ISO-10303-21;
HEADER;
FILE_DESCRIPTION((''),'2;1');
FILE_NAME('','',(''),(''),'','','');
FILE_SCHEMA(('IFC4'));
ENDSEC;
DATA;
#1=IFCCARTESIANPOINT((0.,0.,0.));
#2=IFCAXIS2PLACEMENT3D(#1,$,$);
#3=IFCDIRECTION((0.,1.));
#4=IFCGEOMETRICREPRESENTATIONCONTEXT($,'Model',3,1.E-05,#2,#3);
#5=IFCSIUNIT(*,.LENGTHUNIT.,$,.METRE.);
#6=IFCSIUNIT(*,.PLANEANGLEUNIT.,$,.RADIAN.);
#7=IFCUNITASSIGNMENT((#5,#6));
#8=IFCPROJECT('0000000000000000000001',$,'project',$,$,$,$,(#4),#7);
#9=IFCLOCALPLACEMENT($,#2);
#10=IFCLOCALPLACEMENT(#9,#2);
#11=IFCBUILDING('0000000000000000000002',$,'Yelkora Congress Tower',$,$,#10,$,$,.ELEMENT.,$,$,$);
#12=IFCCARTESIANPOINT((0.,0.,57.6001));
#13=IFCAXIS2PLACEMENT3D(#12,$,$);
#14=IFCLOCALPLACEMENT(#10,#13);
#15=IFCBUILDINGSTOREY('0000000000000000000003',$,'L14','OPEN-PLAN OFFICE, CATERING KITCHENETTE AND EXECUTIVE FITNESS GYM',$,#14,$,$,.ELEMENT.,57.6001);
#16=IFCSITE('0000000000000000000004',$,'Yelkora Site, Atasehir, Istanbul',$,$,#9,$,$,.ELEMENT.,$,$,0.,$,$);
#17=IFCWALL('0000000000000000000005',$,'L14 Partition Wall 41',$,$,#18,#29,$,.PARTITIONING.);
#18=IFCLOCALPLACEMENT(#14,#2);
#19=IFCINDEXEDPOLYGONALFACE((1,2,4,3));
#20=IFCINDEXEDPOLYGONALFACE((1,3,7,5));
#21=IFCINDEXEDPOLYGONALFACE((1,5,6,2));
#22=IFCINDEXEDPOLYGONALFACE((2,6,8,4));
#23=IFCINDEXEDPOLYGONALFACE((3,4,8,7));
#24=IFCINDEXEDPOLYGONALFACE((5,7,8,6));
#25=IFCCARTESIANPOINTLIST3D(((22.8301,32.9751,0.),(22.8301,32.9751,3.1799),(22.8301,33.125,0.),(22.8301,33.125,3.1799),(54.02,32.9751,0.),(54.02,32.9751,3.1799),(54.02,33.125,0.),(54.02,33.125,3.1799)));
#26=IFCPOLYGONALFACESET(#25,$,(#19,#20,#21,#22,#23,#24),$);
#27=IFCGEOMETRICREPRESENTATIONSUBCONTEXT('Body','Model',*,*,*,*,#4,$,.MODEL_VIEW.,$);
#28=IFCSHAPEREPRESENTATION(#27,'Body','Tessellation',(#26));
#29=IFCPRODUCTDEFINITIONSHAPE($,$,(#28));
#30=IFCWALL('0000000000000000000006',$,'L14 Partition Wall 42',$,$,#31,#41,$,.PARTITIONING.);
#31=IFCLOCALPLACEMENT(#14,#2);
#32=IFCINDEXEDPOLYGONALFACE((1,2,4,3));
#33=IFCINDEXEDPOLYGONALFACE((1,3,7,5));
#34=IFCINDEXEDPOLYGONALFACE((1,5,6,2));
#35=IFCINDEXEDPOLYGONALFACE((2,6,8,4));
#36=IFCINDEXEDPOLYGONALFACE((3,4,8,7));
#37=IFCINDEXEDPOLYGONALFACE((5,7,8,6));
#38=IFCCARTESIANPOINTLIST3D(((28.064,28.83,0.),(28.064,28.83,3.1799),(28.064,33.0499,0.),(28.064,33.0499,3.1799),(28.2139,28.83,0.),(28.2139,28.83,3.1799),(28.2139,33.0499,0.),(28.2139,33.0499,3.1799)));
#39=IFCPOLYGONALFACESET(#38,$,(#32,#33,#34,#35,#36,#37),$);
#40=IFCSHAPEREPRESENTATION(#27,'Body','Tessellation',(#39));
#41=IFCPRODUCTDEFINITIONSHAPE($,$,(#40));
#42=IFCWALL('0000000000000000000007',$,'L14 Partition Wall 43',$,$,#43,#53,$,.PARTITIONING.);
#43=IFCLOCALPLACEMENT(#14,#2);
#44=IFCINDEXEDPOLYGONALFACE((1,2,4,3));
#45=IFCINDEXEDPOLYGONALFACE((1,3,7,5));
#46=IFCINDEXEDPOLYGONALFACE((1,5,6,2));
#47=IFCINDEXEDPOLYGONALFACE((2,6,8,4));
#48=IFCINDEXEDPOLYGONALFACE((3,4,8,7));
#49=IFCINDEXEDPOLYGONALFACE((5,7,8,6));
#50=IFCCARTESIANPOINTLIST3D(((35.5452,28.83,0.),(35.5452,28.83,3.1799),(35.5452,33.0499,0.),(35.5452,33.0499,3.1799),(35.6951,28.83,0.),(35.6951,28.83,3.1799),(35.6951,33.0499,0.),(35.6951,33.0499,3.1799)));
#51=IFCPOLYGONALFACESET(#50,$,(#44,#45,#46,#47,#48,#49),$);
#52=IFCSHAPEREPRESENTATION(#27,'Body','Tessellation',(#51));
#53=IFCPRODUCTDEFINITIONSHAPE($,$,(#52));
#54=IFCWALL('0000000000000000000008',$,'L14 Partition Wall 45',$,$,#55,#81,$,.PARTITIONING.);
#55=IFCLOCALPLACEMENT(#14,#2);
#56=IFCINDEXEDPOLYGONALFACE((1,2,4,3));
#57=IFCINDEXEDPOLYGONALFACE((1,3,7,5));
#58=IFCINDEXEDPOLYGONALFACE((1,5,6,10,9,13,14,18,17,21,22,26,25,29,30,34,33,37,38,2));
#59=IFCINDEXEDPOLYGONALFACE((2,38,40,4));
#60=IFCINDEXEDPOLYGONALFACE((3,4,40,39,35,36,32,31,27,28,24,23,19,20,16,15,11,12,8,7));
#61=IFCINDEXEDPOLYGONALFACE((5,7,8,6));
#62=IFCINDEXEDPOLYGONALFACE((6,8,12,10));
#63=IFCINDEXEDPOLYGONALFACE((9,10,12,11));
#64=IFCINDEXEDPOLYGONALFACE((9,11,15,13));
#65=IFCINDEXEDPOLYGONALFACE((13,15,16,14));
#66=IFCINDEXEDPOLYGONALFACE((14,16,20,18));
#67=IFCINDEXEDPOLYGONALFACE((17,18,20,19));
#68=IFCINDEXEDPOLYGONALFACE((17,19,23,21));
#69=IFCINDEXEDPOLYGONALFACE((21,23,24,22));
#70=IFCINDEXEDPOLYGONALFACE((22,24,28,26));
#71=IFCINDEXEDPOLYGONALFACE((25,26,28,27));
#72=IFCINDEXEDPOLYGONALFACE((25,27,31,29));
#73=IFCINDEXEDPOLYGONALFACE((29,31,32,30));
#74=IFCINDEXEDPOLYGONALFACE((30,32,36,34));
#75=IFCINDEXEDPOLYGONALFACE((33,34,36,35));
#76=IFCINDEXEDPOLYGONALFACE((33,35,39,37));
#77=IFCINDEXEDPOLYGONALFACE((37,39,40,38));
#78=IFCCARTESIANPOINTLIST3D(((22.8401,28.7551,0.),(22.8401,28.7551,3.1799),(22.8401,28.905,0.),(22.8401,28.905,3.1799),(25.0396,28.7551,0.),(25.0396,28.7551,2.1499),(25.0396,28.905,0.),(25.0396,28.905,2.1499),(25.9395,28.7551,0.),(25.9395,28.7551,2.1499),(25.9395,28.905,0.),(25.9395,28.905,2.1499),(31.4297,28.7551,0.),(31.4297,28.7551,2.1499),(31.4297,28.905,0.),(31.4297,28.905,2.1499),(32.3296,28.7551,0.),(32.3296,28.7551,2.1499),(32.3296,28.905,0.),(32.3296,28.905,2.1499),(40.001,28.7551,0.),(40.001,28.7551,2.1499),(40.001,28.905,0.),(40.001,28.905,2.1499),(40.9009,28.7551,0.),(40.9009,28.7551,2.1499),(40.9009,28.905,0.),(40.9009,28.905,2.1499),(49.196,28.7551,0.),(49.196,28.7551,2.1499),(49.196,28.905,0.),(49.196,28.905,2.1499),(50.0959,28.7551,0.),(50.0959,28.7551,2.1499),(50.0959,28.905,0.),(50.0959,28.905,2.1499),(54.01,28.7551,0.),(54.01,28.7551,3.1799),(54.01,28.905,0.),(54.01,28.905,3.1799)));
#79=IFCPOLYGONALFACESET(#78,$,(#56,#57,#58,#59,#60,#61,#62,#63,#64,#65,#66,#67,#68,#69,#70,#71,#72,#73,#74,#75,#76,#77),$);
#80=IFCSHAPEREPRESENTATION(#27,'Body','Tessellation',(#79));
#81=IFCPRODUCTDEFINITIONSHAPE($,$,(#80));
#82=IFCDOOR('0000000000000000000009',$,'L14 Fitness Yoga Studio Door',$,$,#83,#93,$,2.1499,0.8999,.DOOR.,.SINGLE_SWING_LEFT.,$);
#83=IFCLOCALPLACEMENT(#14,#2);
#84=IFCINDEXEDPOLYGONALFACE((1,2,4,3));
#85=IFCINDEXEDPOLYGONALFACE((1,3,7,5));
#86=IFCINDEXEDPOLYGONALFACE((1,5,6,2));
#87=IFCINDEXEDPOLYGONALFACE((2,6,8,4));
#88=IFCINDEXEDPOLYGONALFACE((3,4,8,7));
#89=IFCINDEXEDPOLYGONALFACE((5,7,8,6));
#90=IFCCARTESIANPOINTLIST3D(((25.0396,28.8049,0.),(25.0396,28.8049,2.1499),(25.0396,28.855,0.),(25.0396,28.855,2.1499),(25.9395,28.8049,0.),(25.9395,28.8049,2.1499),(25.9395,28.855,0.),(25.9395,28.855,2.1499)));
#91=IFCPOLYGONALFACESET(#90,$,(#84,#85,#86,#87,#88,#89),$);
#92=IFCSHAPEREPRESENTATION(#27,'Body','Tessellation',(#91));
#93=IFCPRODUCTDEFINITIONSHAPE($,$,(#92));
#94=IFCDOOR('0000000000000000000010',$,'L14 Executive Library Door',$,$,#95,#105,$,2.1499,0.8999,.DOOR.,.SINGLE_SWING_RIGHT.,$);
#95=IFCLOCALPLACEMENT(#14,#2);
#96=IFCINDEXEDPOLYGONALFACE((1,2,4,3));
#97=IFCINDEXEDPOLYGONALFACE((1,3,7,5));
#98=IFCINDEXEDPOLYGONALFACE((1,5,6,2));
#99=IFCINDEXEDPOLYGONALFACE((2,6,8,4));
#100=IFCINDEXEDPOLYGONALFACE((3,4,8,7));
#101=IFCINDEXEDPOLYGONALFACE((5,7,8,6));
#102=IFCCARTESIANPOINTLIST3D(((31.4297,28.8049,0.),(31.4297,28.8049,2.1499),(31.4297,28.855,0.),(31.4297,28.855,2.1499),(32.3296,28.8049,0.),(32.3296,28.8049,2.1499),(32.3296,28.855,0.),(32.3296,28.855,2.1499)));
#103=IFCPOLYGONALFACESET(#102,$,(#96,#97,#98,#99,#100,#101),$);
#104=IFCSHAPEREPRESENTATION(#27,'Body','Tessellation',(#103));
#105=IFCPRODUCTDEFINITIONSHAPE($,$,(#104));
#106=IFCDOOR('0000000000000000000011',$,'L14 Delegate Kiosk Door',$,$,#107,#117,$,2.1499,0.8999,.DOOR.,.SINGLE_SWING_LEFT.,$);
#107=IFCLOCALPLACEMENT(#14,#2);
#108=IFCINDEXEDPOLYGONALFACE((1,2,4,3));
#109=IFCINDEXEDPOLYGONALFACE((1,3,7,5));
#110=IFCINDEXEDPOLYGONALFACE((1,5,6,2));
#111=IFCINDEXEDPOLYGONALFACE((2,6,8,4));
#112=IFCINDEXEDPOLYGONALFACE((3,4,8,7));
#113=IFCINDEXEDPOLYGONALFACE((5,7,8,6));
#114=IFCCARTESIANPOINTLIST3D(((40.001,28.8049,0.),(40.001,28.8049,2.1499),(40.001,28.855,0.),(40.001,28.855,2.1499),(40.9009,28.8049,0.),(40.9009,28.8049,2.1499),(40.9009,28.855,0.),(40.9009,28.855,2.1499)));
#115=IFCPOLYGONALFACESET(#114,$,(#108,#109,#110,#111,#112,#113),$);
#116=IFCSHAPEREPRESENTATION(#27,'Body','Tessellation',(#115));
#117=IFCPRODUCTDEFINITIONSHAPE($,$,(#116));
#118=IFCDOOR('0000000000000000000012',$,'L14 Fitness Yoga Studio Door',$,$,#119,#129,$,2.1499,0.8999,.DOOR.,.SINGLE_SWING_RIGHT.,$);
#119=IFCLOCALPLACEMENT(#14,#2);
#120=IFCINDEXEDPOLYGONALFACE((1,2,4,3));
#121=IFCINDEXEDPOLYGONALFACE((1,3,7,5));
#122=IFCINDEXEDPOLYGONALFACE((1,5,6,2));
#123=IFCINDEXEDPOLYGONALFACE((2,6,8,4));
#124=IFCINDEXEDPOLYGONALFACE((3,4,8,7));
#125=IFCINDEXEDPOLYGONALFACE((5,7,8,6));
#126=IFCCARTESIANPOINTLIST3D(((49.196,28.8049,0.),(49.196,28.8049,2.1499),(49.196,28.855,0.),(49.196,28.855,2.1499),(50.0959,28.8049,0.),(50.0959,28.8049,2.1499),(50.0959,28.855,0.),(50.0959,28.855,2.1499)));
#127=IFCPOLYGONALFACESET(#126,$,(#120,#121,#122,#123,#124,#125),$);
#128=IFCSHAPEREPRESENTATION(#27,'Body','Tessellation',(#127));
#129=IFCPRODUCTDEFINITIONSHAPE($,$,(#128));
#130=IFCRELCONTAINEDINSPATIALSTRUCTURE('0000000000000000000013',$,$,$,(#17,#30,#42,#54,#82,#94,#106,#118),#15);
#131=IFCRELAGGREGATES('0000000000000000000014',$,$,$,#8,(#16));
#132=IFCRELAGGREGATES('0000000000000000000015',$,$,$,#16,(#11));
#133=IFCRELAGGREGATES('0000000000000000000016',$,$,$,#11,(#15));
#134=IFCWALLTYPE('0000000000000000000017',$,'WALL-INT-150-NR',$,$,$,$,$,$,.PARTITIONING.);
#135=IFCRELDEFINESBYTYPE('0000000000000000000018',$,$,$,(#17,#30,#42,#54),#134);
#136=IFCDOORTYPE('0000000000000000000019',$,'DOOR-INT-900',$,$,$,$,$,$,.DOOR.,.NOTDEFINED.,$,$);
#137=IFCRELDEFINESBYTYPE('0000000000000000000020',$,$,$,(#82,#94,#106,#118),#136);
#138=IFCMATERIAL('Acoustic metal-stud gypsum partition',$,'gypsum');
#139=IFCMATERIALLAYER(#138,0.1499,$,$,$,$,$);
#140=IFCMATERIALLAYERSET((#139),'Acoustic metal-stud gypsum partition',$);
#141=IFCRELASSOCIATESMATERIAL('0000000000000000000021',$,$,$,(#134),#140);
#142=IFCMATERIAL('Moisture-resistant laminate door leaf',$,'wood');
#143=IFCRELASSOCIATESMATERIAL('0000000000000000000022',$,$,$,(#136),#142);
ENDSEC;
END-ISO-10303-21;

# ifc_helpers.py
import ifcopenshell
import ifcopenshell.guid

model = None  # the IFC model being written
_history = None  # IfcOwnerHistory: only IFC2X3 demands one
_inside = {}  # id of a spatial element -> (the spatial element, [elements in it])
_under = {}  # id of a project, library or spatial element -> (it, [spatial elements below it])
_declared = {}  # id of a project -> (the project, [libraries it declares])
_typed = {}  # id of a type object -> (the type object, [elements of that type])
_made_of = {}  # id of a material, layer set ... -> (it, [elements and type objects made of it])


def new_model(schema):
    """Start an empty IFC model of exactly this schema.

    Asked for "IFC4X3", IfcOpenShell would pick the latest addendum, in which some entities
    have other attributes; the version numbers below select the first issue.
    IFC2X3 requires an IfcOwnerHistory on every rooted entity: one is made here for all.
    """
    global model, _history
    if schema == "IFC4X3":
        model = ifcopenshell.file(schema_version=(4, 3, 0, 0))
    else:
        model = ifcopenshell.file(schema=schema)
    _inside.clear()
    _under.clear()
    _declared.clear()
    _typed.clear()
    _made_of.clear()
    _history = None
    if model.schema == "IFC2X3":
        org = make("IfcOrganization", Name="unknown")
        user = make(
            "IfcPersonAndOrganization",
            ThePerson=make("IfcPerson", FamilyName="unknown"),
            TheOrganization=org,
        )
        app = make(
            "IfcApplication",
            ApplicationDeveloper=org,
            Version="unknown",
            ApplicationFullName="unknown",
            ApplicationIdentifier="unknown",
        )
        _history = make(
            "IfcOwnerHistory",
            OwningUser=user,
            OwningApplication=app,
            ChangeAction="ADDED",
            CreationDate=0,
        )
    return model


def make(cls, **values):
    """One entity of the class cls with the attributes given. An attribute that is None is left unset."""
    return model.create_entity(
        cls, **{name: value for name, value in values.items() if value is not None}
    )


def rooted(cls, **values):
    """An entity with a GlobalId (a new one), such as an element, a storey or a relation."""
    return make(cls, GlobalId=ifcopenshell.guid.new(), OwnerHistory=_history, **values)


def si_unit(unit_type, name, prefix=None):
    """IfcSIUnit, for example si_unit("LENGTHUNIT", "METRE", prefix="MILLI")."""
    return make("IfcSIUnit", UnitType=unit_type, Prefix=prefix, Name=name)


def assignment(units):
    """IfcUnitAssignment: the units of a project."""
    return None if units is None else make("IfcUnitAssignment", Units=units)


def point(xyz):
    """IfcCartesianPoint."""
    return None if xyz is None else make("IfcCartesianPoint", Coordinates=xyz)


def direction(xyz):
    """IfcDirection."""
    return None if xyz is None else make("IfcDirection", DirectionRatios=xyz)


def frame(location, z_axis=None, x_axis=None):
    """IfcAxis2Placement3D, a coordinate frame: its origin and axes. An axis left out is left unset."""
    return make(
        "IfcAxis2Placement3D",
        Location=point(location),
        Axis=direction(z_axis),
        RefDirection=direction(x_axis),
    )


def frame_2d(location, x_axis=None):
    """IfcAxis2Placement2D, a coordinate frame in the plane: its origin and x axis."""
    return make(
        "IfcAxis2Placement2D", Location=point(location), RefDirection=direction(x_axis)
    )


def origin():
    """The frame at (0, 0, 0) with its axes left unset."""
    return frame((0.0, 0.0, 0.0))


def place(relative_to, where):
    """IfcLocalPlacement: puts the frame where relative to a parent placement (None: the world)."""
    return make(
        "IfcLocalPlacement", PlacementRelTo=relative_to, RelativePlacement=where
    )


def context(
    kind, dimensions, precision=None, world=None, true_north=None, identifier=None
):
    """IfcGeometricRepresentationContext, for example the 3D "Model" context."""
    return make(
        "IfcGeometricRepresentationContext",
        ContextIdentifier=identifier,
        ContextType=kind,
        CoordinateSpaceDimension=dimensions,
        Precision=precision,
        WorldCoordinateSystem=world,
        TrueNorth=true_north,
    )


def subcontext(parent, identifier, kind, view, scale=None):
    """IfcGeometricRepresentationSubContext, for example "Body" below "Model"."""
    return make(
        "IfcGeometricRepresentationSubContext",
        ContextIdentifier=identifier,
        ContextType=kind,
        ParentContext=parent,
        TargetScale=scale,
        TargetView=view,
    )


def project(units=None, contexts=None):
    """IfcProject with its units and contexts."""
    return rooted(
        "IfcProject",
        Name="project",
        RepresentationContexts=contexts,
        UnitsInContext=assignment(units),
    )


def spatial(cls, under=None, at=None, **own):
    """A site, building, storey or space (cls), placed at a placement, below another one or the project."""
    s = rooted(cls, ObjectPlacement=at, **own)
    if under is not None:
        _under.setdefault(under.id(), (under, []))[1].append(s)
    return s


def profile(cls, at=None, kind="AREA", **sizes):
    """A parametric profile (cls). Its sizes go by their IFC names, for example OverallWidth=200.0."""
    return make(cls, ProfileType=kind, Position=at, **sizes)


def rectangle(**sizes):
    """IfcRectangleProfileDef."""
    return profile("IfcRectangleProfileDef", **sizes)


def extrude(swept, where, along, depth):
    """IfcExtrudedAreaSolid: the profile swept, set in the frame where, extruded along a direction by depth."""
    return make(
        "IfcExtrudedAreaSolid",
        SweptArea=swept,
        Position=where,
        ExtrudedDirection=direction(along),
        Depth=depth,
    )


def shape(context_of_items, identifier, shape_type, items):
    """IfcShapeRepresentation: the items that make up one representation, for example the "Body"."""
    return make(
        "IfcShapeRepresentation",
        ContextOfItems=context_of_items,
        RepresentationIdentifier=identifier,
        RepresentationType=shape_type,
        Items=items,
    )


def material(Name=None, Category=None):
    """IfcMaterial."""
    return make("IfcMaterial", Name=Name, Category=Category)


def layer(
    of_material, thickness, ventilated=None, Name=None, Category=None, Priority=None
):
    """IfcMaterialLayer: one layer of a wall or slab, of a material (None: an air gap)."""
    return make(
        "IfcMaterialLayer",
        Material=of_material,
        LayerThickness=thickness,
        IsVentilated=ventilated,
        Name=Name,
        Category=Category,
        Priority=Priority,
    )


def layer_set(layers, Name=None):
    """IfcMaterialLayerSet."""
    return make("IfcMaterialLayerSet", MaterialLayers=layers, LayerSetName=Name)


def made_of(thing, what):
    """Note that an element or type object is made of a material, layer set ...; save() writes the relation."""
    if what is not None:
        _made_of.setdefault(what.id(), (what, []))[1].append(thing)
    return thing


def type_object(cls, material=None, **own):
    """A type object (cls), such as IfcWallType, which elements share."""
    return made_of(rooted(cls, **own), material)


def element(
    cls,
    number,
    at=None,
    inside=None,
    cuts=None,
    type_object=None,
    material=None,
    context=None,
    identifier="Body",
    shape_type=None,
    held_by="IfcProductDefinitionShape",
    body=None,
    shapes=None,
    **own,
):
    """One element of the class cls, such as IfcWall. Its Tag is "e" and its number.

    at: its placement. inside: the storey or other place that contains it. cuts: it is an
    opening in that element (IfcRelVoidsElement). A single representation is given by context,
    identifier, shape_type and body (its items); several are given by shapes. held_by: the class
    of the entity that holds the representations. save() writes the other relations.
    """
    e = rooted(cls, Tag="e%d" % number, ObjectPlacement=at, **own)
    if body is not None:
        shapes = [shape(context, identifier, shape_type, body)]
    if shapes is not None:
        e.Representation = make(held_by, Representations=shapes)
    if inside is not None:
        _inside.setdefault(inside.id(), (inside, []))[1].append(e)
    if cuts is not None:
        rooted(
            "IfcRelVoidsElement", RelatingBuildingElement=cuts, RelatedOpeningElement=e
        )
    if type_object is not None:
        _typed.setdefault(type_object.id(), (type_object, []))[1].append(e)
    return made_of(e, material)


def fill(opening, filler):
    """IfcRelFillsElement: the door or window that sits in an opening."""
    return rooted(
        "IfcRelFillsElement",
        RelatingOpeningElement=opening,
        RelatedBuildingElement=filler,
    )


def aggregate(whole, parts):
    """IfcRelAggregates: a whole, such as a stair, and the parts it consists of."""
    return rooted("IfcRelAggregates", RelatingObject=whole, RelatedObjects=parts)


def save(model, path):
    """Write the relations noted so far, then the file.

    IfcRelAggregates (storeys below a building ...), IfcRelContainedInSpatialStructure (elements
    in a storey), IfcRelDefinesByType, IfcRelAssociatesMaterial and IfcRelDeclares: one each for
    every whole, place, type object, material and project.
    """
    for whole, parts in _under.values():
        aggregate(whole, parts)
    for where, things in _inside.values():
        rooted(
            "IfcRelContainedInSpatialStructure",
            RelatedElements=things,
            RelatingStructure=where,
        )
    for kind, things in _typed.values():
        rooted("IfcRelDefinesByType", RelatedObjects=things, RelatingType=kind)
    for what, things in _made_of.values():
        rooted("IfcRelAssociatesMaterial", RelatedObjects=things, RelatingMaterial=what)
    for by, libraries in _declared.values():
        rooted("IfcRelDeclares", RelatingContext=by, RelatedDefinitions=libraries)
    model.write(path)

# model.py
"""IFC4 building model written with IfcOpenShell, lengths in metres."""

from ifc_helpers import new_model, si_unit, direction, frame, frame_2d, origin, place, context, subcontext, project, spatial, rectangle, extrude, material, layer, layer_set, type_object, element, fill, save


model = new_model("IFC4")

# Units and contexts
model_context = context("Model", 3, precision=1e-05, world=origin(), true_north=direction((0.0, 1.0)))
body_context = subcontext(model_context, "Body", "Model", "MODEL_VIEW")
ifc_project = project(units=[si_unit("LENGTHUNIT", "METRE"), si_unit("PLANEANGLEUNIT", "RADIAN")], contexts=[model_context])

# Site, building, storey
site_placement = place(None, origin())
site = spatial("IfcSite", under=ifc_project, at=site_placement, Name="Yelkora Site, Atasehir, Istanbul", CompositionType="ELEMENT", RefElevation=0.0)
building_placement = place(site_placement, origin())
building = spatial("IfcBuilding", under=site, at=building_placement, Name="Yelkora Congress Tower", CompositionType="ELEMENT")
storey_placement = place(building_placement, frame((0.0, 0.0, 57.6001)))
storey = spatial("IfcBuildingStorey", under=building, at=storey_placement, Name="L14", Description="OPEN-PLAN OFFICE, CATERING KITCHENETTE AND EXECUTIVE FITNESS GYM", CompositionType="ELEMENT", Elevation=57.6001)

# Shared definitions
ifc_material_1 = material(Name="Acoustic metal-stud gypsum partition", Category="gypsum")
ifc_layer = layer(ifc_material_1, 0.1499)
ifc_layer_set = layer_set([ifc_layer], Name="Acoustic metal-stud gypsum partition")
wall_type = type_object("IfcWallType", Name="WALL-INT-150-NR", PredefinedType="PARTITIONING", material=ifc_layer_set)
ifc_material_2 = material(Name="Moisture-resistant laminate door leaf", Category="wood")
door_type = type_object("IfcDoorType", Name="DOOR-INT-900", OperationType="NOTDEFINED", PredefinedType="DOOR", material=ifc_material_2)

# Walls
wall_1_placement = place(storey_placement, frame((22.8301, 33.05, 0.0), z_axis=(0.0, 0.0, 1.0), x_axis=(1.0, 0.0, 0.0)))
element("IfcWall", 1, at=wall_1_placement, inside=storey, type_object=wall_type, Name="L14 Partition Wall 41", PredefinedType="PARTITIONING", context=body_context, shape_type="SweptSolid", body=[
    extrude(rectangle(XDim=31.1899, YDim=0.1499, at=frame_2d((15.595, 0.0))), origin(), (0.0, 0.0, 1.0), 3.1799),
])
for number, where, z_axis, x_axis, name in (
    (2, (28.1389, 28.8301, 0.0), (0.0, 0.0, 1.0), (0.0, 1.0, 0.0), "L14 Partition Wall 42"),
    (3, (35.6201, 28.8301, 0.0), (0.0, 0.0, 1.0), (0.0, 1.0, 0.0), "L14 Partition Wall 43"),
):
    element("IfcWall", number, at=place(storey_placement, frame(where, z_axis=z_axis, x_axis=x_axis)), inside=storey, type_object=wall_type, Name=name, PredefinedType="PARTITIONING", context=body_context, shape_type="SweptSolid", body=[
        extrude(rectangle(XDim=4.22, YDim=0.1499, at=frame_2d((2.1099, 0.0))), origin(), (0.0, 0.0, 1.0), 3.1799),
    ])

# Wall, openings, doors
wall_2_placement = place(storey_placement, frame((22.8401, 28.8301, 0.0), z_axis=(0.0, 0.0, 1.0), x_axis=(1.0, 0.0, 0.0)))
wall_2 = element("IfcWall", 4, at=wall_2_placement, inside=storey, type_object=wall_type, Name="L14 Partition Wall 45", PredefinedType="PARTITIONING", context=body_context, shape_type="SweptSolid", body=[
    extrude(rectangle(XDim=31.1699, YDim=0.1499, at=frame_2d((15.585, 0.0))), origin(), (0.0, 0.0, 1.0), 3.1799),
])
opening_1_placement = place(wall_2_placement, frame((2.1995, 0.0, 0.0)))
opening_1 = element("IfcOpeningElement", 5, at=opening_1_placement, cuts=wall_2, PredefinedType="OPENING", context=body_context, shape_type="SweptSolid", body=[
    extrude(rectangle(XDim=0.8999, YDim=2.1499, at=frame_2d((0.45, 1.075))), frame((0.0, 0.085, 0.0), z_axis=(0.0, -1.0, 0.0), x_axis=(1.0, 0.0, 0.0)), (0.0, 0.0, 1.0), 0.1699),
])
opening_2_placement = place(wall_2_placement, frame((8.5896, 0.0, 0.0)))
opening_2 = element("IfcOpeningElement", 6, at=opening_2_placement, cuts=wall_2, PredefinedType="OPENING", context=body_context, shape_type="SweptSolid", body=[
    extrude(rectangle(XDim=0.8999, YDim=2.1499, at=frame_2d((0.45, 1.075))), frame((0.0, 0.085, 0.0), z_axis=(0.0, -1.0, 0.0), x_axis=(1.0, 0.0, 0.0)), (0.0, 0.0, 1.0), 0.1699),
])
opening_3_placement = place(wall_2_placement, frame((17.1609, 0.0, 0.0)))
opening_3 = element("IfcOpeningElement", 7, at=opening_3_placement, cuts=wall_2, PredefinedType="OPENING", context=body_context, shape_type="SweptSolid", body=[
    extrude(rectangle(XDim=0.8999, YDim=2.1499, at=frame_2d((0.45, 1.075))), frame((0.0, 0.085, 0.0), z_axis=(0.0, -1.0, 0.0), x_axis=(1.0, 0.0, 0.0)), (0.0, 0.0, 1.0), 0.1699),
])
opening_4_placement = place(wall_2_placement, frame((26.356, 0.0, 0.0)))
opening_4 = element("IfcOpeningElement", 8, at=opening_4_placement, cuts=wall_2, PredefinedType="OPENING", context=body_context, shape_type="SweptSolid", body=[
    extrude(rectangle(XDim=0.8999, YDim=2.1499, at=frame_2d((0.45, 1.075))), frame((0.0, 0.085, 0.0), z_axis=(0.0, -1.0, 0.0), x_axis=(1.0, 0.0, 0.0)), (0.0, 0.0, 1.0), 0.1699),
])
door_1_placement = place(opening_1_placement, origin())
door_1 = element("IfcDoor", 9, at=door_1_placement, inside=storey, type_object=door_type, Name="L14 Fitness Yoga Studio Door", OperationType="SINGLE_SWING_LEFT", OverallHeight=2.1499, OverallWidth=0.8999, PredefinedType="DOOR", context=body_context, shape_type="SweptSolid", body=[
    extrude(rectangle(XDim=0.8999, YDim=2.1499, at=frame_2d((0.45, 1.075))), frame((0.0, 0.0249, 0.0), z_axis=(0.0, -1.0, 0.0), x_axis=(1.0, 0.0, 0.0)), (0.0, 0.0, 1.0), 0.05),
])
fill(opening_1, door_1)
door_2_placement = place(opening_2_placement, origin())
door_2 = element("IfcDoor", 10, at=door_2_placement, inside=storey, type_object=door_type, Name="L14 Executive Library Door", OperationType="SINGLE_SWING_RIGHT", OverallHeight=2.1499, OverallWidth=0.8999, PredefinedType="DOOR", context=body_context, shape_type="SweptSolid", body=[
    extrude(rectangle(XDim=0.8999, YDim=2.1499, at=frame_2d((0.45, 1.075))), frame((0.0, 0.0249, 0.0), z_axis=(0.0, -1.0, 0.0), x_axis=(1.0, 0.0, 0.0)), (0.0, 0.0, 1.0), 0.05),
])
fill(opening_2, door_2)
door_3_placement = place(opening_3_placement, origin())
door_3 = element("IfcDoor", 11, at=door_3_placement, inside=storey, type_object=door_type, Name="L14 Delegate Kiosk Door", OperationType="SINGLE_SWING_LEFT", OverallHeight=2.1499, OverallWidth=0.8999, PredefinedType="DOOR", context=body_context, shape_type="SweptSolid", body=[
    extrude(rectangle(XDim=0.8999, YDim=2.1499, at=frame_2d((0.45, 1.075))), frame((0.0, 0.0249, 0.0), z_axis=(0.0, -1.0, 0.0), x_axis=(1.0, 0.0, 0.0)), (0.0, 0.0, 1.0), 0.05),
])
fill(opening_3, door_3)
door_4_placement = place(opening_4_placement, origin())
door_4 = element("IfcDoor", 12, at=door_4_placement, inside=storey, type_object=door_type, Name="L14 Fitness Yoga Studio Door", OperationType="SINGLE_SWING_RIGHT", OverallHeight=2.1499, OverallWidth=0.8999, PredefinedType="DOOR", context=body_context, shape_type="SweptSolid", body=[
    extrude(rectangle(XDim=0.8999, YDim=2.1499, at=frame_2d((0.45, 1.075))), frame((0.0, 0.0249, 0.0), z_axis=(0.0, -1.0, 0.0), x_axis=(1.0, 0.0, 0.0)), (0.0, 0.0, 1.0), 0.05),
])
fill(opening_4, door_4)

save(model, "model.ifc")
